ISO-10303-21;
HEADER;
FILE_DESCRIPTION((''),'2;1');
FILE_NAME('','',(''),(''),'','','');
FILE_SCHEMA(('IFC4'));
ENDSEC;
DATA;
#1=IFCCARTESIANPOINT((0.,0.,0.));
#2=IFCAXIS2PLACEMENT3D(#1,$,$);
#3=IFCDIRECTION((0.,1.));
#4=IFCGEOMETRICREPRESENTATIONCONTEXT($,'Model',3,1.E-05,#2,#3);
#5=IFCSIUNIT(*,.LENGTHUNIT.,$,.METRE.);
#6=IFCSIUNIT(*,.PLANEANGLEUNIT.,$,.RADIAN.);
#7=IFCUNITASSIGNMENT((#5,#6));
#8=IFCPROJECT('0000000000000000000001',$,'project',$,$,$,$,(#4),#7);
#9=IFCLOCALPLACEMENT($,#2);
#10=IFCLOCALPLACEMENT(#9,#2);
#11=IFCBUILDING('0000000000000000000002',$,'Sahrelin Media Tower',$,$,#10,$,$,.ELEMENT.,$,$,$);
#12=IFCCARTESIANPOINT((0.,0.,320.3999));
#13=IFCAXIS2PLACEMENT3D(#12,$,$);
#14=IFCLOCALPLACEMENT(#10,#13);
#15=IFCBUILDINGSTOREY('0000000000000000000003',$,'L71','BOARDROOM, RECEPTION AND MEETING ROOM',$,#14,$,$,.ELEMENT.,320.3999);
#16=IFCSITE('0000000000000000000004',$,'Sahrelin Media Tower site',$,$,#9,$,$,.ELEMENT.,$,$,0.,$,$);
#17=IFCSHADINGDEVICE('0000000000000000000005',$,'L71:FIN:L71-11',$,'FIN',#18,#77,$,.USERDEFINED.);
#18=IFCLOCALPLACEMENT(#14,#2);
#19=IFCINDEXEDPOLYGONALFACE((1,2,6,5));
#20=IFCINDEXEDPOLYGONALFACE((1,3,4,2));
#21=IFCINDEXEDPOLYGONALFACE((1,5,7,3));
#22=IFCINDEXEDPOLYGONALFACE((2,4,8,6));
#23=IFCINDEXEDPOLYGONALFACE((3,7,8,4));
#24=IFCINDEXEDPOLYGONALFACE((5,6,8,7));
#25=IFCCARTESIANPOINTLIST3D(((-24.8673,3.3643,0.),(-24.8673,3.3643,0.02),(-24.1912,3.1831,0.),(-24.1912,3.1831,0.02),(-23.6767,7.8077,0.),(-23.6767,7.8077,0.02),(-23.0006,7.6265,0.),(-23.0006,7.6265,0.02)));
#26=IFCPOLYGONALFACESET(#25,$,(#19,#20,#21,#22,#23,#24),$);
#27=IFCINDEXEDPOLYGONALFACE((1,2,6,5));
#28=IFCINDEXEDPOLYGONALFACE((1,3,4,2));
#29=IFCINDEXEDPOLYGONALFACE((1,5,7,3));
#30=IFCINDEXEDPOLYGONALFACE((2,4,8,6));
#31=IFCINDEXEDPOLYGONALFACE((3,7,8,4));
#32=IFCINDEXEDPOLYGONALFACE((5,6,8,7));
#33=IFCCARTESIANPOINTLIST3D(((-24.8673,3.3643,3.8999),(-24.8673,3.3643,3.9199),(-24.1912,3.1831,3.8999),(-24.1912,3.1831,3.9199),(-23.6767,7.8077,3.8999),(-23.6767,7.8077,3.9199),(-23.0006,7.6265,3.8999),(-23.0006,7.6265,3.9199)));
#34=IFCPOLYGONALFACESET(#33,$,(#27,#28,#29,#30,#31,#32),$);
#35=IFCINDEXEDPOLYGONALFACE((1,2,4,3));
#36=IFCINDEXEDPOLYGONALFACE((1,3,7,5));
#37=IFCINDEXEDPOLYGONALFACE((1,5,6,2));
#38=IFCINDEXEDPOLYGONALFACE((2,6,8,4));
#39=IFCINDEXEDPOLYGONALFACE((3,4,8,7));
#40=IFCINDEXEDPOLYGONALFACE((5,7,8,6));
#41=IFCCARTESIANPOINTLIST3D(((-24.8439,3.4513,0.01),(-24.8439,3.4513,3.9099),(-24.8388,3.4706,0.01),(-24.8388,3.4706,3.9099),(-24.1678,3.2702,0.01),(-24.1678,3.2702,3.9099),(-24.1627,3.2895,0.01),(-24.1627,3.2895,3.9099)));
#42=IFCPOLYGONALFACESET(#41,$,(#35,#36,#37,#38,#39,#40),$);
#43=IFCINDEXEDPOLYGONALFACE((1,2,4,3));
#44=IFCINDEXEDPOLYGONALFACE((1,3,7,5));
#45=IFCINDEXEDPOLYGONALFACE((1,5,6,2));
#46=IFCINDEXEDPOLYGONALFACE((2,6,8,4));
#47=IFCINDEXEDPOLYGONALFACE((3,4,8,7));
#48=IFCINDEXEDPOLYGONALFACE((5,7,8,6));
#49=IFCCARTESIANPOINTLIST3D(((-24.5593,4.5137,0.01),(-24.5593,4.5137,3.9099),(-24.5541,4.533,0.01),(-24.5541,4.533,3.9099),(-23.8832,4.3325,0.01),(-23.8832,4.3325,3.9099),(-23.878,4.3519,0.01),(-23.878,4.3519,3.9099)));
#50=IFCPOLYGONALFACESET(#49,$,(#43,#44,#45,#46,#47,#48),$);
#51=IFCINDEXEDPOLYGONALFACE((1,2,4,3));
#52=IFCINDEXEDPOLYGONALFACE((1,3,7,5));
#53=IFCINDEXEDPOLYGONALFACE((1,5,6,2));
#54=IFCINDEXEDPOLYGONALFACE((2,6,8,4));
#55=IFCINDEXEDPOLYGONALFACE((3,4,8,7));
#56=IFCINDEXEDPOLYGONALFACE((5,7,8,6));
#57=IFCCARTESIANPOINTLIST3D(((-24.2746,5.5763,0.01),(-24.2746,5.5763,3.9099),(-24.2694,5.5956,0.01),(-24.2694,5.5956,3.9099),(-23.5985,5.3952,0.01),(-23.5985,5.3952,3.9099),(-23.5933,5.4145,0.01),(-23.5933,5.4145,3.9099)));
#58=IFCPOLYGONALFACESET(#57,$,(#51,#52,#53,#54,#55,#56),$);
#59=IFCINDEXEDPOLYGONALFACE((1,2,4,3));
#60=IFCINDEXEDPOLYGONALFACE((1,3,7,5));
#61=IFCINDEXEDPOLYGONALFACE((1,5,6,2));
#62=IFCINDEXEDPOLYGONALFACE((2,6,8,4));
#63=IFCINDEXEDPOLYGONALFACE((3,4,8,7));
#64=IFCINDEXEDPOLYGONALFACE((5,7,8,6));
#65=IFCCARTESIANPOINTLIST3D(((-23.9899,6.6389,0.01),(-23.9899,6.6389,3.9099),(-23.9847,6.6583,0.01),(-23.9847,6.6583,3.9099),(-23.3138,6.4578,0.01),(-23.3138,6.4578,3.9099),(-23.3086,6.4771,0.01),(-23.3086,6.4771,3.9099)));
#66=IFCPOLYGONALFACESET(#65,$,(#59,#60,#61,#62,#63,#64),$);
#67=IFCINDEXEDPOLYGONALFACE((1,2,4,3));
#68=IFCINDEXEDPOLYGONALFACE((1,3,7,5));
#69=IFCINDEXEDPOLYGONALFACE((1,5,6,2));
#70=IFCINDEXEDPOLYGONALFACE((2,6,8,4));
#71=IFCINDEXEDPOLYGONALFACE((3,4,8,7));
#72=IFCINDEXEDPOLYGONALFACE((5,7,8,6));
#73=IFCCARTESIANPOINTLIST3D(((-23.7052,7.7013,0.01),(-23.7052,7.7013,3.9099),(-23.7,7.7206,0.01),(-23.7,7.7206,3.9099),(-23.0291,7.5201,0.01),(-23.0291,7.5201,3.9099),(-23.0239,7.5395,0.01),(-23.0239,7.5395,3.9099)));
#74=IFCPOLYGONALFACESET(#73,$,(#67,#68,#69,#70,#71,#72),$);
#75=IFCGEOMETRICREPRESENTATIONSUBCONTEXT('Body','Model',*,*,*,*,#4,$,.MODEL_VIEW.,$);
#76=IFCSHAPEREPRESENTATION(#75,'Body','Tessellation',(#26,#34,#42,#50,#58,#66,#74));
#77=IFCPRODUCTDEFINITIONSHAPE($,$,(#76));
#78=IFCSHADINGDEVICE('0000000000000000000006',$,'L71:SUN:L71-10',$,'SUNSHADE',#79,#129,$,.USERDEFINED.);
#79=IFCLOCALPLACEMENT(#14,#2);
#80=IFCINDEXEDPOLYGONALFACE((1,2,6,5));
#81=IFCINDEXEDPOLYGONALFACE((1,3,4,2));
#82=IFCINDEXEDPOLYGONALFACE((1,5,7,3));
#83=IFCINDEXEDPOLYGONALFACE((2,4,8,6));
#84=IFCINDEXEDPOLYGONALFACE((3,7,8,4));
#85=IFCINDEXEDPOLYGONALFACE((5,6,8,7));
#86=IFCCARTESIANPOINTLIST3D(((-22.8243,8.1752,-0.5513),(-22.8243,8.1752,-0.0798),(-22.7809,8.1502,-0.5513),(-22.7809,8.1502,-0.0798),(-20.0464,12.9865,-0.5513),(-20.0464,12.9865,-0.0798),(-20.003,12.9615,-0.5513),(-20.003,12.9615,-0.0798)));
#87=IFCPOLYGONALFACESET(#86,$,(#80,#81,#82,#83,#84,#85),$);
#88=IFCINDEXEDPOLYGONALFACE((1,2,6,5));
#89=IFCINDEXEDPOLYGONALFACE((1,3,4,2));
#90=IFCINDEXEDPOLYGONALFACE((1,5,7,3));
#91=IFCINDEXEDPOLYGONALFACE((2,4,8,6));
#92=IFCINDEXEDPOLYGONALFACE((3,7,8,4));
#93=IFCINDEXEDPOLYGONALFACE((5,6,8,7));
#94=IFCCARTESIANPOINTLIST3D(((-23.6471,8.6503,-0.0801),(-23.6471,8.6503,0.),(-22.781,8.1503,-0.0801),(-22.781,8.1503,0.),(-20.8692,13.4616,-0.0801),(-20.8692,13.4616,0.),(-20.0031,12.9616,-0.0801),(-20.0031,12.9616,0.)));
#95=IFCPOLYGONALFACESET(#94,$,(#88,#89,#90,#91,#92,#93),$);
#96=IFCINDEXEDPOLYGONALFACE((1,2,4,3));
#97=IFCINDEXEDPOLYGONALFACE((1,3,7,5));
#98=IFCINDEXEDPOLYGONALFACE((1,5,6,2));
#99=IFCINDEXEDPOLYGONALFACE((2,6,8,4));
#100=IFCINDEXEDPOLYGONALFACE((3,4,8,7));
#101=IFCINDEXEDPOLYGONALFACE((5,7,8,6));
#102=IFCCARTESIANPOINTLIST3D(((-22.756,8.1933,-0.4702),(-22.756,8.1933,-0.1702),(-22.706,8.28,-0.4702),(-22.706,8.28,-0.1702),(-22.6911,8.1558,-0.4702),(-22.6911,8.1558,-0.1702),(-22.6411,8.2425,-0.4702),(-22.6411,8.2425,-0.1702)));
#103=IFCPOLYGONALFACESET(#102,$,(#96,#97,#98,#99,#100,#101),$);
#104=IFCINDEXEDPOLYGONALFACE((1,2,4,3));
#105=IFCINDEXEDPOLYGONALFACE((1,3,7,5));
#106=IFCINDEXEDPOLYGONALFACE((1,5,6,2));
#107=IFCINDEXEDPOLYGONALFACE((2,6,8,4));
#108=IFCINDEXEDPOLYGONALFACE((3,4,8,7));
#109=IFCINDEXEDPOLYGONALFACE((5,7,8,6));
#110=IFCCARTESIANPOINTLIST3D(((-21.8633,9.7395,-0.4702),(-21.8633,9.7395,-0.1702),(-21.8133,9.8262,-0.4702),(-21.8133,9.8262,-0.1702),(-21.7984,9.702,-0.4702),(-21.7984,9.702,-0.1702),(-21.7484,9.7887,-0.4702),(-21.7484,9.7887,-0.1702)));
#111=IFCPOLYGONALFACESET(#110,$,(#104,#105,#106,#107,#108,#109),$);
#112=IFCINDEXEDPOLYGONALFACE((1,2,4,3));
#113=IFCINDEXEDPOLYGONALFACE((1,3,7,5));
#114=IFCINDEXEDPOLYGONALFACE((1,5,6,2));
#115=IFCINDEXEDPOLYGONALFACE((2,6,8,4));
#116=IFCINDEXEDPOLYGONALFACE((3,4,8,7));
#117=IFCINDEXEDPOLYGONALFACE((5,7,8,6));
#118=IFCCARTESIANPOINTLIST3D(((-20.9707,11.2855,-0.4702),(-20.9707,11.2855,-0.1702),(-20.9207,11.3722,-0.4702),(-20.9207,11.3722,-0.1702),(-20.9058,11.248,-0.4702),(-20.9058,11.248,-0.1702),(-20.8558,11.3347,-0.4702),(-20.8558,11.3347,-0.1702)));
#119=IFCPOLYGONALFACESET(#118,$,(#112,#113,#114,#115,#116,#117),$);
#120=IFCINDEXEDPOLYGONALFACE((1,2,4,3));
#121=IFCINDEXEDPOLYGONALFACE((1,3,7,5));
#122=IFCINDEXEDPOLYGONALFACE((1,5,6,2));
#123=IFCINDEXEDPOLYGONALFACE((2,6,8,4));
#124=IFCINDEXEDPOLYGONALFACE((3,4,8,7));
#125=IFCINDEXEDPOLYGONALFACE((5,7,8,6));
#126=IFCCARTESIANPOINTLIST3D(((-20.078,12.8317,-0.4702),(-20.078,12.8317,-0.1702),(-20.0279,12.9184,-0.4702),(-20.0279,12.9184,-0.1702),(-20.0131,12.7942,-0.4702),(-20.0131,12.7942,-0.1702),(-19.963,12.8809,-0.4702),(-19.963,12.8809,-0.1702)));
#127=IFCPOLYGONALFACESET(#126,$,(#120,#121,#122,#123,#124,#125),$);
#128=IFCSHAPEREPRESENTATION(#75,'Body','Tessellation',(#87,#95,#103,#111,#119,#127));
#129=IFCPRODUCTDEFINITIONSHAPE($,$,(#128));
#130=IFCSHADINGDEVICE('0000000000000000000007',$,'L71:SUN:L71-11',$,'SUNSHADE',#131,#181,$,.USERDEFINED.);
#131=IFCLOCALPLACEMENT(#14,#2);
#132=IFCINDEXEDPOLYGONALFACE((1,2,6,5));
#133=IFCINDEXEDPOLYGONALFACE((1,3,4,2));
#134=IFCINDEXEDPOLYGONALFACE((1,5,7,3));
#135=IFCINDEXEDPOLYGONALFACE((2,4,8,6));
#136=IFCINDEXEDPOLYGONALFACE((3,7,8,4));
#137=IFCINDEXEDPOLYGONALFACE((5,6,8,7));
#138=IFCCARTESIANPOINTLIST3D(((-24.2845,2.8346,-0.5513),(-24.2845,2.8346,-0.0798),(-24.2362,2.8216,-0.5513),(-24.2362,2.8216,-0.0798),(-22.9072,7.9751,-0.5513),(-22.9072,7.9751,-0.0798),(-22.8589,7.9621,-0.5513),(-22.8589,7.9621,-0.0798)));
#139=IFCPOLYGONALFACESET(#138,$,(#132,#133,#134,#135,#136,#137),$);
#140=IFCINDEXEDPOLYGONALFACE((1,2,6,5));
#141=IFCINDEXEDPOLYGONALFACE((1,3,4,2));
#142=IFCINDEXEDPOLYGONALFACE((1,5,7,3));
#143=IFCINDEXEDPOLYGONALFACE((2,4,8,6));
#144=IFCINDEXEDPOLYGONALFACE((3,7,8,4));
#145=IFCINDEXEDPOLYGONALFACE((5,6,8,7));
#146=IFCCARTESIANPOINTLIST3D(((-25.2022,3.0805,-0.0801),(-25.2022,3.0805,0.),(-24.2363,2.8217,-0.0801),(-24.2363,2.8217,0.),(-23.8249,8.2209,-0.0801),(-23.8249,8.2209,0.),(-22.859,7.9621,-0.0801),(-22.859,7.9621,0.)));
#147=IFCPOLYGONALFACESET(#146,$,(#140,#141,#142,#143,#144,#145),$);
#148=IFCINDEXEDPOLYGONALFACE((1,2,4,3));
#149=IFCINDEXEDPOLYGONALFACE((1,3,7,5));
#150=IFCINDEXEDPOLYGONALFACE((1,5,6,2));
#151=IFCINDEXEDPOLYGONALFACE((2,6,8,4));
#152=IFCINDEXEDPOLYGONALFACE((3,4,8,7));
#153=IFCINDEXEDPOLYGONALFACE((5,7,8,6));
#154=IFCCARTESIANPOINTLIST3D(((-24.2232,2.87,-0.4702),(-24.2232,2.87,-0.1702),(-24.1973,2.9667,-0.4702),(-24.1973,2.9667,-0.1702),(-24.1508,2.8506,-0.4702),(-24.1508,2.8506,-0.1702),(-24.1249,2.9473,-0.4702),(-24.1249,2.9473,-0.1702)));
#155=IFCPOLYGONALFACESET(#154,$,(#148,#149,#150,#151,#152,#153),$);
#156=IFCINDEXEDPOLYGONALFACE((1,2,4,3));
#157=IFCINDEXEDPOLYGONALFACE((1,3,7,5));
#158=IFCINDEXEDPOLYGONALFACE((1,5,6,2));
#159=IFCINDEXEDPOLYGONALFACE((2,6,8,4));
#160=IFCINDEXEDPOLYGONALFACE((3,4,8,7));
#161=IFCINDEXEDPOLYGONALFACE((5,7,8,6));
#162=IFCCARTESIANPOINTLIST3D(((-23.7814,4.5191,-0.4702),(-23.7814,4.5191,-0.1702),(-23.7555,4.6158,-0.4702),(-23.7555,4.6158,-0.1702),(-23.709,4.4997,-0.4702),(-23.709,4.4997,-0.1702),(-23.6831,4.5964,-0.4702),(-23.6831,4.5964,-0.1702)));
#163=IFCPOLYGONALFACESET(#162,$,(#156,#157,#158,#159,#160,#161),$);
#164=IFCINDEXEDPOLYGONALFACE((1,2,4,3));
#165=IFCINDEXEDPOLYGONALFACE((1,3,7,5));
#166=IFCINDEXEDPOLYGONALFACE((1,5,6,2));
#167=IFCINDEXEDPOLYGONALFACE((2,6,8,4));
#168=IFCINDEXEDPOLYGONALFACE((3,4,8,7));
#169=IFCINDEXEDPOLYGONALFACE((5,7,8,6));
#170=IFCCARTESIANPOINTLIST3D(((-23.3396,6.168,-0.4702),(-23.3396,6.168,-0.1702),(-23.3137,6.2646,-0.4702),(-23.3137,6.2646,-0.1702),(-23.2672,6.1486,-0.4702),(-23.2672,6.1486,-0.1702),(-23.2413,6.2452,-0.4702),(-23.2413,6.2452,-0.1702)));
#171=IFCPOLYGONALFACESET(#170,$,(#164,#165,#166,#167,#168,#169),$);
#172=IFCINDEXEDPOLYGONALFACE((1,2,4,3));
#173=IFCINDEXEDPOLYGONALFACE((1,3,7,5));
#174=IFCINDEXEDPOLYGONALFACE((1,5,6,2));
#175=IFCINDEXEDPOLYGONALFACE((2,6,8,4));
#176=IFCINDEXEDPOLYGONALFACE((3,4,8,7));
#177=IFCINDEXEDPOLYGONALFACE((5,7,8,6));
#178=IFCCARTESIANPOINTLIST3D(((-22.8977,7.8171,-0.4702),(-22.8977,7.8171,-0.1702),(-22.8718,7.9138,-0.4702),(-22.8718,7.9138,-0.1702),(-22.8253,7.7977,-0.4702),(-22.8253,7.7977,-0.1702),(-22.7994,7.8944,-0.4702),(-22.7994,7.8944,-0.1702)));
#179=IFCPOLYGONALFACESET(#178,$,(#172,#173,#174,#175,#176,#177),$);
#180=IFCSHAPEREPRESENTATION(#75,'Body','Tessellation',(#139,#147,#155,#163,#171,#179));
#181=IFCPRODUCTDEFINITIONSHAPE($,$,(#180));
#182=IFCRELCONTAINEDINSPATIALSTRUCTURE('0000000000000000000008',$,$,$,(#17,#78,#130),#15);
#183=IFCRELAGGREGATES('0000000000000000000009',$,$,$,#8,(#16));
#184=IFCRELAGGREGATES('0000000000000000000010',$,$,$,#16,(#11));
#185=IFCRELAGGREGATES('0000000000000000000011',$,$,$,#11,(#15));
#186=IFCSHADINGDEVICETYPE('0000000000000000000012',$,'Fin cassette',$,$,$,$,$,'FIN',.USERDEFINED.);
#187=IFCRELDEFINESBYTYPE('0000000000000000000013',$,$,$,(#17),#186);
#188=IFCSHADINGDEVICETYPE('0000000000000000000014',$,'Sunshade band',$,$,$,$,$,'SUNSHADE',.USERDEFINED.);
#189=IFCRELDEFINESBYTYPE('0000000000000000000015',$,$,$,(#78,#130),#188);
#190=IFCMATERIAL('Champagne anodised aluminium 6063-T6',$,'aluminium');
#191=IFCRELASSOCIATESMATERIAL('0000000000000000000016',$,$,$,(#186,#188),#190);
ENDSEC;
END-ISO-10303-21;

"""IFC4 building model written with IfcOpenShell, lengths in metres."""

from ifc_helpers import new_model, si_unit, direction, frame, origin, origin_2d, place, context, subcontext, project, spatial, rectangle, extrude, material, type_object, element, save


model = new_model("IFC4")

# Units and contexts
model_context = context("Model", 3, precision=1e-05, world=origin(), true_north=direction((0.0, 1.0)))
body_context = subcontext(model_context, "Body", "Model", "MODEL_VIEW")
ifc_project = project(units=[si_unit("LENGTHUNIT", "METRE"), si_unit("PLANEANGLEUNIT", "RADIAN")], contexts=[model_context])

# Site, building, storey
site_placement = place(None, origin())
site = spatial("IfcSite", under=ifc_project, at=site_placement, Name="Sahrelin Media Tower site", CompositionType="ELEMENT", RefElevation=0.0)
building_placement = place(site_placement, origin())
building = spatial("IfcBuilding", under=site, at=building_placement, Name="Sahrelin Media Tower", CompositionType="ELEMENT")
storey_placement = place(building_placement, frame((0.0, 0.0, 320.3999)))
storey = spatial("IfcBuildingStorey", under=building, at=storey_placement, Name="L71", Description="BOARDROOM, RECEPTION AND MEETING ROOM", CompositionType="ELEMENT", Elevation=320.3999)

# Shared definitions
ifc_material_1 = material(Name="Champagne anodised aluminium 6063-T6", Category="aluminium")

# Shading devices
shading_device_type_1 = type_object("IfcShadingDeviceType", Name="Fin cassette", ElementType="FIN", PredefinedType="USERDEFINED", material=ifc_material_1)
placement_1 = place(storey_placement, frame((-21.3748, 10.5459, 0.0), z_axis=(0.0, 0.0, 1.0), x_axis=(0.500011, 0.866019, 0.0)))
placement_2 = place(storey_placement, frame((-23.5283, 5.3867, 0.0), z_axis=(0.0, 0.0, 1.0), x_axis=(0.258808, 0.965929, 0.0)))
element("IfcShadingDevice", 1, at=placement_2, inside=storey, type_object=shading_device_type_1, Name="L71:FIN:L71-11", ObjectType="FIN", PredefinedType="USERDEFINED", context=body_context, shape_type="SweptSolid", body=[
    extrude(rectangle(XDim=4.6001, YDim=0.7, at=origin_2d()), frame((0.0, 0.4199, 0.0)), (0.0, 0.0, 1.0), 0.02),
    extrude(rectangle(XDim=4.6001, YDim=0.7, at=origin_2d()), frame((0.0, 0.4199, 3.8999)), (0.0, 0.0, 1.0), 0.02),
    extrude(rectangle(XDim=0.02, YDim=0.7, at=origin_2d()), frame((-2.2, 0.4199, 0.01), z_axis=(0.0, 0.0, 1.0), x_axis=(1.0, 0.0, 0.0)), (0.0, 0.0, 1.0), 3.8999),
    extrude(rectangle(XDim=0.02, YDim=0.7, at=origin_2d()), frame((-1.1001, 0.4199, 0.01), z_axis=(0.0, 0.0, 1.0), x_axis=(1.0, 0.0, 0.0)), (0.0, 0.0, 1.0), 3.8999),
    extrude(rectangle(XDim=0.02, YDim=0.7, at=origin_2d()), frame((0.0, 0.4199, 0.01), z_axis=(0.0, 0.0, 1.0), x_axis=(1.0, 0.0, 0.0)), (0.0, 0.0, 1.0), 3.8999),
    extrude(rectangle(XDim=0.02, YDim=0.7, at=origin_2d()), frame((1.1001, 0.4199, 0.01), z_axis=(0.0, 0.0, 1.0), x_axis=(1.0, 0.0, 0.0)), (0.0, 0.0, 1.0), 3.8999),
    extrude(rectangle(XDim=0.02, YDim=0.7, at=origin_2d()), frame((2.2, 0.4199, 0.01), z_axis=(0.0, 0.0, 1.0), x_axis=(1.0, 0.0, 0.0)), (0.0, 0.0, 1.0), 3.8999),
])
shading_device_type_2 = type_object("IfcShadingDeviceType", Name="Sunshade band", ElementType="SUNSHADE", PredefinedType="USERDEFINED", material=ifc_material_1)
element("IfcShadingDevice", 2, at=placement_1, inside=storey, type_object=shading_device_type_2, Name="L71:SUN:L71-10", ObjectType="SUNSHADE", PredefinedType="USERDEFINED", context=body_context, shape_type="SweptSolid", body=[
    extrude(rectangle(XDim=5.5557, YDim=0.05, at=origin_2d()), frame((0.0, 0.0449, -0.5513)), (0.0, 0.0, 1.0), 0.4714),
    extrude(rectangle(XDim=5.5557, YDim=1.0, at=origin_2d()), frame((0.0, 0.52, -0.0801)), (0.0, 0.0, 1.0), 0.0801),
    extrude(rectangle(XDim=0.1001, YDim=0.075, at=origin_2d()), frame((-2.678, -0.0176, -0.4702)), (0.0, 0.0, 1.0), 0.3),
    extrude(rectangle(XDim=0.1001, YDim=0.075, at=origin_2d()), frame((-0.8926, -0.0176, -0.4702)), (0.0, 0.0, 1.0), 0.3),
    extrude(rectangle(XDim=0.1001, YDim=0.075, at=origin_2d()), frame((0.8926, -0.0176, -0.4702)), (0.0, 0.0, 1.0), 0.3),
    extrude(rectangle(XDim=0.1001, YDim=0.075, at=origin_2d()), frame((2.678, -0.0176, -0.4702)), (0.0, 0.0, 1.0), 0.3),
])
element("IfcShadingDevice", 3, at=placement_2, inside=storey, type_object=shading_device_type_2, Name="L71:SUN:L71-11", ObjectType="SUNSHADE", PredefinedType="USERDEFINED", context=body_context, shape_type="SweptSolid", body=[
    extrude(rectangle(XDim=5.3218, YDim=0.05, at=origin_2d()), frame((0.0, 0.0449, -0.5513)), (0.0, 0.0, 1.0), 0.4714),
    extrude(rectangle(XDim=5.3218, YDim=1.0, at=origin_2d()), frame((0.0, 0.52, -0.0801)), (0.0, 0.0, 1.0), 0.0801),
    extrude(rectangle(XDim=0.1001, YDim=0.075, at=origin_2d()), frame((-2.5608, -0.0176, -0.4702)), (0.0, 0.0, 1.0), 0.3),
    extrude(rectangle(XDim=0.1001, YDim=0.075, at=origin_2d()), frame((-0.8535, -0.0176, -0.4702)), (0.0, 0.0, 1.0), 0.3),
    extrude(rectangle(XDim=0.1001, YDim=0.075, at=origin_2d()), frame((0.8535, -0.0176, -0.4702)), (0.0, 0.0, 1.0), 0.3),
    extrude(rectangle(XDim=0.1001, YDim=0.075, at=origin_2d()), frame((2.5608, -0.0176, -0.4702)), (0.0, 0.0, 1.0), 0.3),
])

save(model, "model.ifc")
